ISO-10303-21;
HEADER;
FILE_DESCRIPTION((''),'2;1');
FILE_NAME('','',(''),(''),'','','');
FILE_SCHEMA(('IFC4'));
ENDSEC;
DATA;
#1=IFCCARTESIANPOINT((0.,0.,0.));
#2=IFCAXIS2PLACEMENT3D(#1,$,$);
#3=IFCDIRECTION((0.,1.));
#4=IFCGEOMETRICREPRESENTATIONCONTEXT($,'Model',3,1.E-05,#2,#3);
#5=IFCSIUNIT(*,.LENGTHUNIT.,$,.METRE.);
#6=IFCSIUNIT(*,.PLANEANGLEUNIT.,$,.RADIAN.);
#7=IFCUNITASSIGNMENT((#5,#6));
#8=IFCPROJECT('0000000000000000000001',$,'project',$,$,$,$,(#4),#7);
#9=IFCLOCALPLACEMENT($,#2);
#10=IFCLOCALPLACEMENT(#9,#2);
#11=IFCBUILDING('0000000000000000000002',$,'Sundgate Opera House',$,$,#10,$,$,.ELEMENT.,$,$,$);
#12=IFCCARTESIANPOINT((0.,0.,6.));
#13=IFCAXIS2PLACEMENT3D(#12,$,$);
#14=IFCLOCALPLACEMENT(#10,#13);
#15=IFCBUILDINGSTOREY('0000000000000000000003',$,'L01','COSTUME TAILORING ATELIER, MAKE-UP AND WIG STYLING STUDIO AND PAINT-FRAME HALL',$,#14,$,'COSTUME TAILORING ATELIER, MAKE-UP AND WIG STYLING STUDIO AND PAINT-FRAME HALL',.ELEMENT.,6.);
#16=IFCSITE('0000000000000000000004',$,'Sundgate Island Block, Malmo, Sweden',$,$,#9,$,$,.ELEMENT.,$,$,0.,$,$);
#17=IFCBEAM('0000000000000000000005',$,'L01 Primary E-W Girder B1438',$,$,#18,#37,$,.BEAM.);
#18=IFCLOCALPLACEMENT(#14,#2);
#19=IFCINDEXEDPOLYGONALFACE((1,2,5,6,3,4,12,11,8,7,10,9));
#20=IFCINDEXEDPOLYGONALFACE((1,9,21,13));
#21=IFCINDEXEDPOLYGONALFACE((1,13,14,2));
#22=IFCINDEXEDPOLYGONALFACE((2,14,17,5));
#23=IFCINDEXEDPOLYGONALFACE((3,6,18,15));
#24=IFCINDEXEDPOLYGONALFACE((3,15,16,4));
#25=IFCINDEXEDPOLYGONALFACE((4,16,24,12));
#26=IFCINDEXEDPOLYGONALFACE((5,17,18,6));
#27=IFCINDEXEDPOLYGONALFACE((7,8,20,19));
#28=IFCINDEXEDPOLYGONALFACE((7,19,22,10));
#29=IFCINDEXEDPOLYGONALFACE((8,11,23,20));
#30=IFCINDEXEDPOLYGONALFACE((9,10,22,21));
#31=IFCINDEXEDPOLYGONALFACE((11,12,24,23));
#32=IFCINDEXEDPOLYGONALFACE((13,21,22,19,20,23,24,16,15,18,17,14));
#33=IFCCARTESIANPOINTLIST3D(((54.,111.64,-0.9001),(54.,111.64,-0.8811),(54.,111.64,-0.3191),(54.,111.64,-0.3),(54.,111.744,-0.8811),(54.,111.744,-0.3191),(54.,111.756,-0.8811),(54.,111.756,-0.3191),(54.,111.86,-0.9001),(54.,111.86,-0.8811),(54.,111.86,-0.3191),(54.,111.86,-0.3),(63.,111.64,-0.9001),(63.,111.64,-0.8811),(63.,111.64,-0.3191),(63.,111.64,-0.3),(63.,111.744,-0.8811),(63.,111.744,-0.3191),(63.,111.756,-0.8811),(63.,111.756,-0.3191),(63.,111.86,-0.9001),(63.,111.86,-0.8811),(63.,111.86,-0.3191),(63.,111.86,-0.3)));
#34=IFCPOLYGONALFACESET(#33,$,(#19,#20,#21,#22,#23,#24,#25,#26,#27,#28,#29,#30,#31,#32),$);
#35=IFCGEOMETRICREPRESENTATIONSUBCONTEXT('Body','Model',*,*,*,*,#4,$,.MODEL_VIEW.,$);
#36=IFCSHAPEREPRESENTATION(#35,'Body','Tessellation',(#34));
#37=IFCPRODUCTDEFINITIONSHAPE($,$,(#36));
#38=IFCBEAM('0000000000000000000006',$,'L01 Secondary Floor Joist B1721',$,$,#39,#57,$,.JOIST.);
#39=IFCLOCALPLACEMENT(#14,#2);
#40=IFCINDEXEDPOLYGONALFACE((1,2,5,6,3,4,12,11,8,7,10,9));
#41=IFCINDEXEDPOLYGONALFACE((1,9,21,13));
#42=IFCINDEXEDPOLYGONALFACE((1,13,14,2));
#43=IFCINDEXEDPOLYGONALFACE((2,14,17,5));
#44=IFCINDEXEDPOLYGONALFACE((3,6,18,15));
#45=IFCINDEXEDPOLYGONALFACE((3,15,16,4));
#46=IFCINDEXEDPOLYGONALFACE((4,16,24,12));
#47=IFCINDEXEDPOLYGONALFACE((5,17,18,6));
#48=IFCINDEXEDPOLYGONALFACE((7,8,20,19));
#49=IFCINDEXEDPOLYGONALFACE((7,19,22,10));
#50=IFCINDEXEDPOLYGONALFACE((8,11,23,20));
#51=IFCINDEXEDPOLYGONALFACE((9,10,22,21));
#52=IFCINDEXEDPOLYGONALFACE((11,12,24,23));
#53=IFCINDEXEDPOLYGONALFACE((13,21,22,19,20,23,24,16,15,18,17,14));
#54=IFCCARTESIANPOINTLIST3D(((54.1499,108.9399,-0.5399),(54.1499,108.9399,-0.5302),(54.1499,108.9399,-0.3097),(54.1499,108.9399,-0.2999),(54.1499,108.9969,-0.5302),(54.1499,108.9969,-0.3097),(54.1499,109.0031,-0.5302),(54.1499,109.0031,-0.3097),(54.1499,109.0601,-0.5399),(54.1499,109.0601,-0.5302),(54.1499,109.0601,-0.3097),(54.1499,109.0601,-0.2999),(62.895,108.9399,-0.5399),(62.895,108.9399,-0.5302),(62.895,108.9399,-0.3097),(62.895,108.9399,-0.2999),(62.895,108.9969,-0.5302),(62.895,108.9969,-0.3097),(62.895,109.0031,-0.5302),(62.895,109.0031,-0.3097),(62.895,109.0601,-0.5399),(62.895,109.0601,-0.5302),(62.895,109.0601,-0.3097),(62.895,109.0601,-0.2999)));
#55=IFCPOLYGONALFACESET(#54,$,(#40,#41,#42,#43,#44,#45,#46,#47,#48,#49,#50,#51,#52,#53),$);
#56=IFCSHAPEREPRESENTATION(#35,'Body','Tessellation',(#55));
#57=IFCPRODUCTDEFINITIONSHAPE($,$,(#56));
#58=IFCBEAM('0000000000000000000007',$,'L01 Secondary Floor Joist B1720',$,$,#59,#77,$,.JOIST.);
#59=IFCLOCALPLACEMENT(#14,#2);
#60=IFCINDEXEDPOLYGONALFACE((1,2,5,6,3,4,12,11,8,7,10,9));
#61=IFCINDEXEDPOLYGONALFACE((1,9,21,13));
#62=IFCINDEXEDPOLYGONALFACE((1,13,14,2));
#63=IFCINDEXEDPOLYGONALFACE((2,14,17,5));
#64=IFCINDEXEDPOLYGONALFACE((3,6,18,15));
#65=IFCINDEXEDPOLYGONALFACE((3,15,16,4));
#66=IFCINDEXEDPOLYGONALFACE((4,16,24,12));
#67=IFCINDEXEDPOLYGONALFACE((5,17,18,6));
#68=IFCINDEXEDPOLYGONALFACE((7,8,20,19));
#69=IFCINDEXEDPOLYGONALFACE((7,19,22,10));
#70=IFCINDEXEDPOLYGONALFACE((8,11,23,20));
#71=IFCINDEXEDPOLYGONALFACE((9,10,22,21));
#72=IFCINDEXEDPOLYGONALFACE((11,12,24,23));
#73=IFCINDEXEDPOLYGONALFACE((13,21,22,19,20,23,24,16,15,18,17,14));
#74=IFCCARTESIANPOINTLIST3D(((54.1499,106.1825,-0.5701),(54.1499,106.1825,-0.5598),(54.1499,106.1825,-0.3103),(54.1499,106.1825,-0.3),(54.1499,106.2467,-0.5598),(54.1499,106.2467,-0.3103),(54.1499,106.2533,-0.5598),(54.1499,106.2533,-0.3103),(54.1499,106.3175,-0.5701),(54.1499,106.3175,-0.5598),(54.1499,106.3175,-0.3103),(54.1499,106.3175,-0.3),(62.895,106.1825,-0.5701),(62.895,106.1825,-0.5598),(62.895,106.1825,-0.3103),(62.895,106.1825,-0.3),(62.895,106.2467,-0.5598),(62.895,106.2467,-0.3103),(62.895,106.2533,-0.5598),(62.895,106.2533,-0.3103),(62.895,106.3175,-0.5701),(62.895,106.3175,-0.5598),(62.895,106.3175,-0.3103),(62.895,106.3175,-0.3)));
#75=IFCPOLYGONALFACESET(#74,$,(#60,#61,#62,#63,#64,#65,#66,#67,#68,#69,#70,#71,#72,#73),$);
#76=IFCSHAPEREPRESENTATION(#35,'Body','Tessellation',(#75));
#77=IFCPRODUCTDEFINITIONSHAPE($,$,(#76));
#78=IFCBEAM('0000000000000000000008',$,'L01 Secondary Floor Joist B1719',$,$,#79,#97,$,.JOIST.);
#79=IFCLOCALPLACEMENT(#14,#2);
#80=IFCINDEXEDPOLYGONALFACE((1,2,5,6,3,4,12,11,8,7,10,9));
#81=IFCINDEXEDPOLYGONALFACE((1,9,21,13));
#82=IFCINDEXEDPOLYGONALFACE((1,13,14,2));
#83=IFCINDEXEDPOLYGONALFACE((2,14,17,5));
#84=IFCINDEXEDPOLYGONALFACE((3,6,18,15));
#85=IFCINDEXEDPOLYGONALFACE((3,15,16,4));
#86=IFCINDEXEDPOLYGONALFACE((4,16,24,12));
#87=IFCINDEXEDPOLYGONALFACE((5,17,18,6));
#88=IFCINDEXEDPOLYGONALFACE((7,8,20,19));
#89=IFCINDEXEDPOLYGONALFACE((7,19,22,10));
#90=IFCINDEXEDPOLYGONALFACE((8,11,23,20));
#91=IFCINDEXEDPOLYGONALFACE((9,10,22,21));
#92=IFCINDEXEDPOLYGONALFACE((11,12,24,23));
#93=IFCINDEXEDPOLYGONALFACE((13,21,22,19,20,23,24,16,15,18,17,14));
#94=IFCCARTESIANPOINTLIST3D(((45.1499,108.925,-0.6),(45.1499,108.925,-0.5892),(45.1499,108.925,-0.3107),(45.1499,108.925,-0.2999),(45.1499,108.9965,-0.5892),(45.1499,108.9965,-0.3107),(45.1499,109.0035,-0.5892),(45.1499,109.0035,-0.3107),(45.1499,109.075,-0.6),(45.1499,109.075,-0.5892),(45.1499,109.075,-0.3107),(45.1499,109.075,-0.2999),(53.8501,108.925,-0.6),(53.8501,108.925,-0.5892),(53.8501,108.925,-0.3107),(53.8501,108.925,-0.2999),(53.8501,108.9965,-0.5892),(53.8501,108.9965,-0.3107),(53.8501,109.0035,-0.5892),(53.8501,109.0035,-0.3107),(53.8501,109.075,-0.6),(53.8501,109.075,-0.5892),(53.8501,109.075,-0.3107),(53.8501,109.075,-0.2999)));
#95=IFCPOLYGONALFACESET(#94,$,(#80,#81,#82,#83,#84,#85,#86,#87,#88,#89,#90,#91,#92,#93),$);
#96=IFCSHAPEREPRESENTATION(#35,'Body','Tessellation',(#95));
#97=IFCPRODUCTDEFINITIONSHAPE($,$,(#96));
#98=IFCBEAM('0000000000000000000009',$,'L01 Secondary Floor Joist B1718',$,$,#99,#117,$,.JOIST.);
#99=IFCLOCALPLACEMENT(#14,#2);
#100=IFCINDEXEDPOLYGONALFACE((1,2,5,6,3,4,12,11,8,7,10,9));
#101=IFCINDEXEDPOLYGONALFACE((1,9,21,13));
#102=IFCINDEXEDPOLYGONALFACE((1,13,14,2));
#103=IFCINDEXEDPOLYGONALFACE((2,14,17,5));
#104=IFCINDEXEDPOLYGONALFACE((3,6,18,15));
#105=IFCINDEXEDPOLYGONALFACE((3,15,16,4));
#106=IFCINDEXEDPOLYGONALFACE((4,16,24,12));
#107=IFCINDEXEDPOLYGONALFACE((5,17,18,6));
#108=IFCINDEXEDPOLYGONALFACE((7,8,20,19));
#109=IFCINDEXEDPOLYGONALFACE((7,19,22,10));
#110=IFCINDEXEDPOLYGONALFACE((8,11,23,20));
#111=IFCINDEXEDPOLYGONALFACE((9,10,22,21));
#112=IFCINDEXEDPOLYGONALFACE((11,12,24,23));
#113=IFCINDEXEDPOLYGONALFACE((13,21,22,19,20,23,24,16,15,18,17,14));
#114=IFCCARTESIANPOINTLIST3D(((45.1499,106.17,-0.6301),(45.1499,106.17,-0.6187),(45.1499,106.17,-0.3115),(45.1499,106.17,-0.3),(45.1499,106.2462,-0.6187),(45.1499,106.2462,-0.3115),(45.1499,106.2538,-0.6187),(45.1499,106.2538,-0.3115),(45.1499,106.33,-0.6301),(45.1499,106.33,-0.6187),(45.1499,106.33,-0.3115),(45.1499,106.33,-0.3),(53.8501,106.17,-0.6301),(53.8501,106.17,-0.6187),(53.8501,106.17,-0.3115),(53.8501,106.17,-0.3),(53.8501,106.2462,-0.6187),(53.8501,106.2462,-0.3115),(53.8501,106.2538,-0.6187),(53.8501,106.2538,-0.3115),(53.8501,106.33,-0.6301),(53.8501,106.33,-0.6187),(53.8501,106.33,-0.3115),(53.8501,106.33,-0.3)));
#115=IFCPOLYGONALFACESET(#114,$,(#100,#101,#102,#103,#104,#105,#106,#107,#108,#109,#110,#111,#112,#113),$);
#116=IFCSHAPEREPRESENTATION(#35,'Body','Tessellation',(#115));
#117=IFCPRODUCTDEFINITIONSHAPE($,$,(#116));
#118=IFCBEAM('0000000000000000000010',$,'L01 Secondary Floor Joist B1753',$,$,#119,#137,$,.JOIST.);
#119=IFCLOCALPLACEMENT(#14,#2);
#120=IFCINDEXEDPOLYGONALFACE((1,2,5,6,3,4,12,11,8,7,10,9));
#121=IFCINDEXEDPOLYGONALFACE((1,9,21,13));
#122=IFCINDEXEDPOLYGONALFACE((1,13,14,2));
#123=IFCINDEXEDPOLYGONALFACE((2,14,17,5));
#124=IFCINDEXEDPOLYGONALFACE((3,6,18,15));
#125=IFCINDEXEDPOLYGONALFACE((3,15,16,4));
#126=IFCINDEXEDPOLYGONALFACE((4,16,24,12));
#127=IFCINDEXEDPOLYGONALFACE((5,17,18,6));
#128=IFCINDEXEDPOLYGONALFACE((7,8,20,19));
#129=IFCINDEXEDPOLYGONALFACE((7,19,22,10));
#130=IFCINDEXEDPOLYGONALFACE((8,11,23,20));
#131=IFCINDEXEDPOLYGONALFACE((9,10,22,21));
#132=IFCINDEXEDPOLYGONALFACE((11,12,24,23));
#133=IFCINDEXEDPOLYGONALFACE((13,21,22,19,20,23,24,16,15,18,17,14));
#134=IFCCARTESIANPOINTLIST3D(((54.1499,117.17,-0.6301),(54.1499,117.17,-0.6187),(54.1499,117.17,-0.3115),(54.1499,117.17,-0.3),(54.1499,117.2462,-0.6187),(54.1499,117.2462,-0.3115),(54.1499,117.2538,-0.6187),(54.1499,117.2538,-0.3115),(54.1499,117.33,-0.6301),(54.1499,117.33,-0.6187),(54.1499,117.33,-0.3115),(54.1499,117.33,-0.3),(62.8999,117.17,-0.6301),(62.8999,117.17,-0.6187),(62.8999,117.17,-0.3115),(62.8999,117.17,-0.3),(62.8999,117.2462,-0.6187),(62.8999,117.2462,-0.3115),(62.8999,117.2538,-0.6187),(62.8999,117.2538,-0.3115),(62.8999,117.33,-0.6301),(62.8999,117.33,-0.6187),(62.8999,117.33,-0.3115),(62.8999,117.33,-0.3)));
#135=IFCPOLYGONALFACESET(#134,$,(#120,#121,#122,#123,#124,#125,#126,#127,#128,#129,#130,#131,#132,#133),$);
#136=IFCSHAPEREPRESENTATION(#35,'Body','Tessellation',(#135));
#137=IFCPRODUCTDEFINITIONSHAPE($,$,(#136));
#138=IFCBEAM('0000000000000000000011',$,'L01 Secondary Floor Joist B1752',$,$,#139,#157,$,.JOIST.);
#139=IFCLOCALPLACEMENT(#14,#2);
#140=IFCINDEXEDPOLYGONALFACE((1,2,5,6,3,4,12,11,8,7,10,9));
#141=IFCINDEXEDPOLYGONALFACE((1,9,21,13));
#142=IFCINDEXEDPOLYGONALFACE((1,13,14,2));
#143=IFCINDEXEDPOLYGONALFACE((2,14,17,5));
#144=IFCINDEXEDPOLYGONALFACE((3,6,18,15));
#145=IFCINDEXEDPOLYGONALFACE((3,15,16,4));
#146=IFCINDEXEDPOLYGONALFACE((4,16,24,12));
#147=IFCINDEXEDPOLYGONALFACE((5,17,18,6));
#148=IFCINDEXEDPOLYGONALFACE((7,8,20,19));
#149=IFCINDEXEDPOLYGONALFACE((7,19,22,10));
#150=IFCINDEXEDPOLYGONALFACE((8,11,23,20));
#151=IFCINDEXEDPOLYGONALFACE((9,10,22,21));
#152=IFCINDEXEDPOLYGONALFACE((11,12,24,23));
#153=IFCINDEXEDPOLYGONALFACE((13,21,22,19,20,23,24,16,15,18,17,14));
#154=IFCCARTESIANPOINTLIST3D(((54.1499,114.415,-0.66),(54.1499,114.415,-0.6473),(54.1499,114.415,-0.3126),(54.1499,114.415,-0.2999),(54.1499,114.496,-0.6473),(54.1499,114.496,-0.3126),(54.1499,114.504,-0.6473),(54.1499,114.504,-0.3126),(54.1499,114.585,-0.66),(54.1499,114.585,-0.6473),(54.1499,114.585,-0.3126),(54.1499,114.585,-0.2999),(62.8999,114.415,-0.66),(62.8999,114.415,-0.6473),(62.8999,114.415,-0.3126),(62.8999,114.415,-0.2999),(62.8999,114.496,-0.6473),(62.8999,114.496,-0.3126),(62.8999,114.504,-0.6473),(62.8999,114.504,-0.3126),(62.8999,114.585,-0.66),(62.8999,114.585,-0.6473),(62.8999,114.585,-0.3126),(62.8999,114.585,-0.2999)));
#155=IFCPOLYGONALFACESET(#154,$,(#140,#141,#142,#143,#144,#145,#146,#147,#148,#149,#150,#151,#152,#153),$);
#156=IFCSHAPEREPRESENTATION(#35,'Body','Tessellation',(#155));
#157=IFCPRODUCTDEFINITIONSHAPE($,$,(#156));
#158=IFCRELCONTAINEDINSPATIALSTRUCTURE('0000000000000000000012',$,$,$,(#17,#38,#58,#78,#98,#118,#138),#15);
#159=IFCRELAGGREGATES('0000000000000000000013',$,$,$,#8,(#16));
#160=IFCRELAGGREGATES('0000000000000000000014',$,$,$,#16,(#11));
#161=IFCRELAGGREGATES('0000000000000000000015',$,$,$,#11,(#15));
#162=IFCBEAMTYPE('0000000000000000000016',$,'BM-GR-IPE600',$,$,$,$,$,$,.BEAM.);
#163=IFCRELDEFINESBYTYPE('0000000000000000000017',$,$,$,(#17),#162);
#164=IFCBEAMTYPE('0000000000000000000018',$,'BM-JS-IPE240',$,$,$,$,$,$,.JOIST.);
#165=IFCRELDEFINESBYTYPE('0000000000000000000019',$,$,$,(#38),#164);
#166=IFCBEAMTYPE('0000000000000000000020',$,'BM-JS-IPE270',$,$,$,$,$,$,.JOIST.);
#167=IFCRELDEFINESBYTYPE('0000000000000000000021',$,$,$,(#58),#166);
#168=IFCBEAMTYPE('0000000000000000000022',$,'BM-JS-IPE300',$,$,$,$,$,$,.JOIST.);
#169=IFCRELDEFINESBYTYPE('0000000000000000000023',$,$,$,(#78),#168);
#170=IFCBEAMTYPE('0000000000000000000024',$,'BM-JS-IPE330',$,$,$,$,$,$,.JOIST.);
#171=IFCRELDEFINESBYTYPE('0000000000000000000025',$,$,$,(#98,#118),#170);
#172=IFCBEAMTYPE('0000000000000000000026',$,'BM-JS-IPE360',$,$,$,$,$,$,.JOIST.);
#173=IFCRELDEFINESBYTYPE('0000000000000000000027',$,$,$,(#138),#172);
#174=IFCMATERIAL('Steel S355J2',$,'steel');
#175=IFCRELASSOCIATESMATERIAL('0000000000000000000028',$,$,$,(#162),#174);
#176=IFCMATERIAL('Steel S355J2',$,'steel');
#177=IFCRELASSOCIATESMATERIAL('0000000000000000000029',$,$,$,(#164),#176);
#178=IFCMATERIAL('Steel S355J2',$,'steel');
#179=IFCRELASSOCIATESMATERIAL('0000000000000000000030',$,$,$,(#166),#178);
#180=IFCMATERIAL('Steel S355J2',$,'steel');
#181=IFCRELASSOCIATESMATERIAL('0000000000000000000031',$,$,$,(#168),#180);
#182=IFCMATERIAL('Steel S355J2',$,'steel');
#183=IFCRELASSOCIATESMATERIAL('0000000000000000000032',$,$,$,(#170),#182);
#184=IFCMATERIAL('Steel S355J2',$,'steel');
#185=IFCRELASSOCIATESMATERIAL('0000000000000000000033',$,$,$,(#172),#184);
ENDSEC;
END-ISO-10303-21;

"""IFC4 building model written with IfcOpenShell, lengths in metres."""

from ifc_helpers import new_model, si_unit, direction, frame, origin, origin_2d, place, context, subcontext, project, spatial, i_section, extrude, material, material_profile, profile_set, type_object, element, save


model = new_model("IFC4")

# Units and contexts
model_context = context("Model", 3, precision=1e-05, world=origin(), true_north=direction((0.0, 1.0)))
body_context = subcontext(model_context, "Body", "Model", "MODEL_VIEW")
ifc_project = project(units=[si_unit("LENGTHUNIT", "METRE"), si_unit("PLANEANGLEUNIT", "RADIAN")], contexts=[model_context])

# Site, building, storey
site_placement = place(None, origin())
site = spatial("IfcSite", under=ifc_project, at=site_placement, Name="Sundgate Island Block, Malmo, Sweden", CompositionType="ELEMENT", RefElevation=0.0)
building_placement = place(site_placement, origin())
building = spatial("IfcBuilding", under=site, at=building_placement, Name="Sundgate Opera House", CompositionType="ELEMENT")
storey_placement = place(building_placement, frame((0.0, 0.0, 6.0)))
storey = spatial("IfcBuildingStorey", under=building, at=storey_placement, Name="L01", Description="COSTUME TAILORING ATELIER, MAKE-UP AND WIG STYLING STUDIO AND PAINT-FRAME HALL", LongName="COSTUME TAILORING ATELIER, MAKE-UP AND WIG STYLING STUDIO AND PAINT-FRAME HALL", CompositionType="ELEMENT", Elevation=6.0)

# Beams
ifc_material_1 = material(Name="Steel S355J2", Category="steel")
ifc_material_profile_1 = material_profile(ifc_material_1, i_section(OverallWidth=0.22, OverallDepth=0.6001, WebThickness=0.012, FlangeThickness=0.019, at=origin_2d()), Name="IPE 600")
ifc_profile_set_1 = profile_set([ifc_material_profile_1], Name="Steel S355J2")
beam_type_1 = type_object("IfcBeamType", Name="BM-GR-IPE600", PredefinedType="BEAM", material=ifc_profile_set_1)
beam_1_placement = place(storey_placement, frame((54.0, 111.75, -0.6001), z_axis=(1.0, 0.0, 0.0), x_axis=(0.0, 1.0, 0.0)))
element("IfcBeam", 1, at=beam_1_placement, inside=storey, type_object=beam_type_1, Name="L01 Primary E-W Girder B1438", PredefinedType="BEAM", context=body_context, shape_type="SweptSolid", body=[
    extrude(i_section(OverallWidth=0.22, OverallDepth=0.6001, WebThickness=0.012, FlangeThickness=0.019, at=origin_2d()), origin(), (0.0, 0.0, 1.0), 9.0),
])
ifc_material_2 = material(Name="Steel S355J2", Category="steel")
ifc_material_profile_2 = material_profile(ifc_material_2, i_section(OverallWidth=0.1201, OverallDepth=0.24, WebThickness=0.0061, FlangeThickness=0.0098, at=origin_2d()), Name="IPE 240")
ifc_profile_set_2 = profile_set([ifc_material_profile_2], Name="Steel S355J2")
beam_type_2 = type_object("IfcBeamType", Name="BM-JS-IPE240", PredefinedType="JOIST", material=ifc_profile_set_2)
beam_2_placement = place(storey_placement, frame((54.1499, 109.0, -0.4199), z_axis=(1.0, 0.0, 0.0), x_axis=(0.0, 1.0, 0.0)))
element("IfcBeam", 2, at=beam_2_placement, inside=storey, type_object=beam_type_2, Name="L01 Secondary Floor Joist B1721", PredefinedType="JOIST", context=body_context, shape_type="SweptSolid", body=[
    extrude(i_section(OverallWidth=0.1201, OverallDepth=0.24, WebThickness=0.0061, FlangeThickness=0.0098, at=origin_2d()), origin(), (0.0, 0.0, 1.0), 8.7451),
])
ifc_material_3 = material(Name="Steel S355J2", Category="steel")
ifc_material_profile_3 = material_profile(ifc_material_3, i_section(OverallWidth=0.135, OverallDepth=0.27, WebThickness=0.0066, FlangeThickness=0.0103, at=origin_2d()), Name="IPE 270")
ifc_profile_set_3 = profile_set([ifc_material_profile_3], Name="Steel S355J2")
beam_type_3 = type_object("IfcBeamType", Name="BM-JS-IPE270", PredefinedType="JOIST", material=ifc_profile_set_3)
beam_3_placement = place(storey_placement, frame((54.1499, 106.25, -0.4351), z_axis=(1.0, 0.0, 0.0), x_axis=(0.0, 1.0, 0.0)))
element("IfcBeam", 3, at=beam_3_placement, inside=storey, type_object=beam_type_3, Name="L01 Secondary Floor Joist B1720", PredefinedType="JOIST", context=body_context, shape_type="SweptSolid", body=[
    extrude(i_section(OverallWidth=0.135, OverallDepth=0.27, WebThickness=0.0066, FlangeThickness=0.0103, at=origin_2d()), origin(), (0.0, 0.0, 1.0), 8.7451),
])
ifc_material_4 = material(Name="Steel S355J2", Category="steel")
ifc_material_profile_4 = material_profile(ifc_material_4, i_section(OverallWidth=0.1499, OverallDepth=0.3, WebThickness=0.0071, FlangeThickness=0.0107, at=origin_2d()), Name="IPE 300")
ifc_profile_set_4 = profile_set([ifc_material_profile_4], Name="Steel S355J2")
beam_type_4 = type_object("IfcBeamType", Name="BM-JS-IPE300", PredefinedType="JOIST", material=ifc_profile_set_4)
beam_4_placement = place(storey_placement, frame((45.1499, 109.0, -0.45), z_axis=(1.0, 0.0, 0.0), x_axis=(0.0, 1.0, 0.0)))
element("IfcBeam", 4, at=beam_4_placement, inside=storey, type_object=beam_type_4, Name="L01 Secondary Floor Joist B1719", PredefinedType="JOIST", context=body_context, shape_type="SweptSolid", body=[
    extrude(i_section(OverallWidth=0.1499, OverallDepth=0.3, WebThickness=0.0071, FlangeThickness=0.0107, at=origin_2d()), origin(), (0.0, 0.0, 1.0), 8.7002),
])
ifc_material_5 = material(Name="Steel S355J2", Category="steel")
ifc_material_profile_5 = material_profile(ifc_material_5, i_section(OverallWidth=0.1599, OverallDepth=0.3301, WebThickness=0.0076, FlangeThickness=0.0115, at=origin_2d()), Name="IPE 330")
ifc_profile_set_5 = profile_set([ifc_material_profile_5], Name="Steel S355J2")
beam_type_5 = type_object("IfcBeamType", Name="BM-JS-IPE330", PredefinedType="JOIST", material=ifc_profile_set_5)
beam_5_placement = place(storey_placement, frame((45.1499, 106.25, -0.4651), z_axis=(1.0, 0.0, 0.0), x_axis=(0.0, 1.0, 0.0)))
element("IfcBeam", 5, at=beam_5_placement, inside=storey, type_object=beam_type_5, Name="L01 Secondary Floor Joist B1718", PredefinedType="JOIST", context=body_context, shape_type="SweptSolid", body=[
    extrude(i_section(OverallWidth=0.1599, OverallDepth=0.3301, WebThickness=0.0076, FlangeThickness=0.0115, at=origin_2d()), origin(), (0.0, 0.0, 1.0), 8.7002),
])
beam_6_placement = place(storey_placement, frame((54.1499, 117.25, -0.4651), z_axis=(1.0, 0.0, 0.0), x_axis=(0.0, 1.0, 0.0)))
element("IfcBeam", 6, at=beam_6_placement, inside=storey, type_object=beam_type_5, Name="L01 Secondary Floor Joist B1753", PredefinedType="JOIST", context=body_context, shape_type="SweptSolid", body=[
    extrude(i_section(OverallWidth=0.1599, OverallDepth=0.3301, WebThickness=0.0076, FlangeThickness=0.0115, at=origin_2d()), origin(), (0.0, 0.0, 1.0), 8.75),
])
ifc_material_6 = material(Name="Steel S355J2", Category="steel")
ifc_material_profile_6 = material_profile(ifc_material_6, i_section(OverallWidth=0.1699, OverallDepth=0.3601, WebThickness=0.0081, FlangeThickness=0.0127, at=origin_2d()), Name="IPE 360")
ifc_profile_set_6 = profile_set([ifc_material_profile_6], Name="Steel S355J2")
beam_type_6 = type_object("IfcBeamType", Name="BM-JS-IPE360", PredefinedType="JOIST", material=ifc_profile_set_6)
beam_7_placement = place(storey_placement, frame((54.1499, 114.5, -0.48), z_axis=(1.0, 0.0, 0.0), x_axis=(0.0, 1.0, 0.0)))
element("IfcBeam", 7, at=beam_7_placement, inside=storey, type_object=beam_type_6, Name="L01 Secondary Floor Joist B1752", PredefinedType="JOIST", context=body_context, shape_type="SweptSolid", body=[
    extrude(i_section(OverallWidth=0.1699, OverallDepth=0.3601, WebThickness=0.0081, FlangeThickness=0.0127, at=origin_2d()), origin(), (0.0, 0.0, 1.0), 8.75),
])

save(model, "model.ifc")
